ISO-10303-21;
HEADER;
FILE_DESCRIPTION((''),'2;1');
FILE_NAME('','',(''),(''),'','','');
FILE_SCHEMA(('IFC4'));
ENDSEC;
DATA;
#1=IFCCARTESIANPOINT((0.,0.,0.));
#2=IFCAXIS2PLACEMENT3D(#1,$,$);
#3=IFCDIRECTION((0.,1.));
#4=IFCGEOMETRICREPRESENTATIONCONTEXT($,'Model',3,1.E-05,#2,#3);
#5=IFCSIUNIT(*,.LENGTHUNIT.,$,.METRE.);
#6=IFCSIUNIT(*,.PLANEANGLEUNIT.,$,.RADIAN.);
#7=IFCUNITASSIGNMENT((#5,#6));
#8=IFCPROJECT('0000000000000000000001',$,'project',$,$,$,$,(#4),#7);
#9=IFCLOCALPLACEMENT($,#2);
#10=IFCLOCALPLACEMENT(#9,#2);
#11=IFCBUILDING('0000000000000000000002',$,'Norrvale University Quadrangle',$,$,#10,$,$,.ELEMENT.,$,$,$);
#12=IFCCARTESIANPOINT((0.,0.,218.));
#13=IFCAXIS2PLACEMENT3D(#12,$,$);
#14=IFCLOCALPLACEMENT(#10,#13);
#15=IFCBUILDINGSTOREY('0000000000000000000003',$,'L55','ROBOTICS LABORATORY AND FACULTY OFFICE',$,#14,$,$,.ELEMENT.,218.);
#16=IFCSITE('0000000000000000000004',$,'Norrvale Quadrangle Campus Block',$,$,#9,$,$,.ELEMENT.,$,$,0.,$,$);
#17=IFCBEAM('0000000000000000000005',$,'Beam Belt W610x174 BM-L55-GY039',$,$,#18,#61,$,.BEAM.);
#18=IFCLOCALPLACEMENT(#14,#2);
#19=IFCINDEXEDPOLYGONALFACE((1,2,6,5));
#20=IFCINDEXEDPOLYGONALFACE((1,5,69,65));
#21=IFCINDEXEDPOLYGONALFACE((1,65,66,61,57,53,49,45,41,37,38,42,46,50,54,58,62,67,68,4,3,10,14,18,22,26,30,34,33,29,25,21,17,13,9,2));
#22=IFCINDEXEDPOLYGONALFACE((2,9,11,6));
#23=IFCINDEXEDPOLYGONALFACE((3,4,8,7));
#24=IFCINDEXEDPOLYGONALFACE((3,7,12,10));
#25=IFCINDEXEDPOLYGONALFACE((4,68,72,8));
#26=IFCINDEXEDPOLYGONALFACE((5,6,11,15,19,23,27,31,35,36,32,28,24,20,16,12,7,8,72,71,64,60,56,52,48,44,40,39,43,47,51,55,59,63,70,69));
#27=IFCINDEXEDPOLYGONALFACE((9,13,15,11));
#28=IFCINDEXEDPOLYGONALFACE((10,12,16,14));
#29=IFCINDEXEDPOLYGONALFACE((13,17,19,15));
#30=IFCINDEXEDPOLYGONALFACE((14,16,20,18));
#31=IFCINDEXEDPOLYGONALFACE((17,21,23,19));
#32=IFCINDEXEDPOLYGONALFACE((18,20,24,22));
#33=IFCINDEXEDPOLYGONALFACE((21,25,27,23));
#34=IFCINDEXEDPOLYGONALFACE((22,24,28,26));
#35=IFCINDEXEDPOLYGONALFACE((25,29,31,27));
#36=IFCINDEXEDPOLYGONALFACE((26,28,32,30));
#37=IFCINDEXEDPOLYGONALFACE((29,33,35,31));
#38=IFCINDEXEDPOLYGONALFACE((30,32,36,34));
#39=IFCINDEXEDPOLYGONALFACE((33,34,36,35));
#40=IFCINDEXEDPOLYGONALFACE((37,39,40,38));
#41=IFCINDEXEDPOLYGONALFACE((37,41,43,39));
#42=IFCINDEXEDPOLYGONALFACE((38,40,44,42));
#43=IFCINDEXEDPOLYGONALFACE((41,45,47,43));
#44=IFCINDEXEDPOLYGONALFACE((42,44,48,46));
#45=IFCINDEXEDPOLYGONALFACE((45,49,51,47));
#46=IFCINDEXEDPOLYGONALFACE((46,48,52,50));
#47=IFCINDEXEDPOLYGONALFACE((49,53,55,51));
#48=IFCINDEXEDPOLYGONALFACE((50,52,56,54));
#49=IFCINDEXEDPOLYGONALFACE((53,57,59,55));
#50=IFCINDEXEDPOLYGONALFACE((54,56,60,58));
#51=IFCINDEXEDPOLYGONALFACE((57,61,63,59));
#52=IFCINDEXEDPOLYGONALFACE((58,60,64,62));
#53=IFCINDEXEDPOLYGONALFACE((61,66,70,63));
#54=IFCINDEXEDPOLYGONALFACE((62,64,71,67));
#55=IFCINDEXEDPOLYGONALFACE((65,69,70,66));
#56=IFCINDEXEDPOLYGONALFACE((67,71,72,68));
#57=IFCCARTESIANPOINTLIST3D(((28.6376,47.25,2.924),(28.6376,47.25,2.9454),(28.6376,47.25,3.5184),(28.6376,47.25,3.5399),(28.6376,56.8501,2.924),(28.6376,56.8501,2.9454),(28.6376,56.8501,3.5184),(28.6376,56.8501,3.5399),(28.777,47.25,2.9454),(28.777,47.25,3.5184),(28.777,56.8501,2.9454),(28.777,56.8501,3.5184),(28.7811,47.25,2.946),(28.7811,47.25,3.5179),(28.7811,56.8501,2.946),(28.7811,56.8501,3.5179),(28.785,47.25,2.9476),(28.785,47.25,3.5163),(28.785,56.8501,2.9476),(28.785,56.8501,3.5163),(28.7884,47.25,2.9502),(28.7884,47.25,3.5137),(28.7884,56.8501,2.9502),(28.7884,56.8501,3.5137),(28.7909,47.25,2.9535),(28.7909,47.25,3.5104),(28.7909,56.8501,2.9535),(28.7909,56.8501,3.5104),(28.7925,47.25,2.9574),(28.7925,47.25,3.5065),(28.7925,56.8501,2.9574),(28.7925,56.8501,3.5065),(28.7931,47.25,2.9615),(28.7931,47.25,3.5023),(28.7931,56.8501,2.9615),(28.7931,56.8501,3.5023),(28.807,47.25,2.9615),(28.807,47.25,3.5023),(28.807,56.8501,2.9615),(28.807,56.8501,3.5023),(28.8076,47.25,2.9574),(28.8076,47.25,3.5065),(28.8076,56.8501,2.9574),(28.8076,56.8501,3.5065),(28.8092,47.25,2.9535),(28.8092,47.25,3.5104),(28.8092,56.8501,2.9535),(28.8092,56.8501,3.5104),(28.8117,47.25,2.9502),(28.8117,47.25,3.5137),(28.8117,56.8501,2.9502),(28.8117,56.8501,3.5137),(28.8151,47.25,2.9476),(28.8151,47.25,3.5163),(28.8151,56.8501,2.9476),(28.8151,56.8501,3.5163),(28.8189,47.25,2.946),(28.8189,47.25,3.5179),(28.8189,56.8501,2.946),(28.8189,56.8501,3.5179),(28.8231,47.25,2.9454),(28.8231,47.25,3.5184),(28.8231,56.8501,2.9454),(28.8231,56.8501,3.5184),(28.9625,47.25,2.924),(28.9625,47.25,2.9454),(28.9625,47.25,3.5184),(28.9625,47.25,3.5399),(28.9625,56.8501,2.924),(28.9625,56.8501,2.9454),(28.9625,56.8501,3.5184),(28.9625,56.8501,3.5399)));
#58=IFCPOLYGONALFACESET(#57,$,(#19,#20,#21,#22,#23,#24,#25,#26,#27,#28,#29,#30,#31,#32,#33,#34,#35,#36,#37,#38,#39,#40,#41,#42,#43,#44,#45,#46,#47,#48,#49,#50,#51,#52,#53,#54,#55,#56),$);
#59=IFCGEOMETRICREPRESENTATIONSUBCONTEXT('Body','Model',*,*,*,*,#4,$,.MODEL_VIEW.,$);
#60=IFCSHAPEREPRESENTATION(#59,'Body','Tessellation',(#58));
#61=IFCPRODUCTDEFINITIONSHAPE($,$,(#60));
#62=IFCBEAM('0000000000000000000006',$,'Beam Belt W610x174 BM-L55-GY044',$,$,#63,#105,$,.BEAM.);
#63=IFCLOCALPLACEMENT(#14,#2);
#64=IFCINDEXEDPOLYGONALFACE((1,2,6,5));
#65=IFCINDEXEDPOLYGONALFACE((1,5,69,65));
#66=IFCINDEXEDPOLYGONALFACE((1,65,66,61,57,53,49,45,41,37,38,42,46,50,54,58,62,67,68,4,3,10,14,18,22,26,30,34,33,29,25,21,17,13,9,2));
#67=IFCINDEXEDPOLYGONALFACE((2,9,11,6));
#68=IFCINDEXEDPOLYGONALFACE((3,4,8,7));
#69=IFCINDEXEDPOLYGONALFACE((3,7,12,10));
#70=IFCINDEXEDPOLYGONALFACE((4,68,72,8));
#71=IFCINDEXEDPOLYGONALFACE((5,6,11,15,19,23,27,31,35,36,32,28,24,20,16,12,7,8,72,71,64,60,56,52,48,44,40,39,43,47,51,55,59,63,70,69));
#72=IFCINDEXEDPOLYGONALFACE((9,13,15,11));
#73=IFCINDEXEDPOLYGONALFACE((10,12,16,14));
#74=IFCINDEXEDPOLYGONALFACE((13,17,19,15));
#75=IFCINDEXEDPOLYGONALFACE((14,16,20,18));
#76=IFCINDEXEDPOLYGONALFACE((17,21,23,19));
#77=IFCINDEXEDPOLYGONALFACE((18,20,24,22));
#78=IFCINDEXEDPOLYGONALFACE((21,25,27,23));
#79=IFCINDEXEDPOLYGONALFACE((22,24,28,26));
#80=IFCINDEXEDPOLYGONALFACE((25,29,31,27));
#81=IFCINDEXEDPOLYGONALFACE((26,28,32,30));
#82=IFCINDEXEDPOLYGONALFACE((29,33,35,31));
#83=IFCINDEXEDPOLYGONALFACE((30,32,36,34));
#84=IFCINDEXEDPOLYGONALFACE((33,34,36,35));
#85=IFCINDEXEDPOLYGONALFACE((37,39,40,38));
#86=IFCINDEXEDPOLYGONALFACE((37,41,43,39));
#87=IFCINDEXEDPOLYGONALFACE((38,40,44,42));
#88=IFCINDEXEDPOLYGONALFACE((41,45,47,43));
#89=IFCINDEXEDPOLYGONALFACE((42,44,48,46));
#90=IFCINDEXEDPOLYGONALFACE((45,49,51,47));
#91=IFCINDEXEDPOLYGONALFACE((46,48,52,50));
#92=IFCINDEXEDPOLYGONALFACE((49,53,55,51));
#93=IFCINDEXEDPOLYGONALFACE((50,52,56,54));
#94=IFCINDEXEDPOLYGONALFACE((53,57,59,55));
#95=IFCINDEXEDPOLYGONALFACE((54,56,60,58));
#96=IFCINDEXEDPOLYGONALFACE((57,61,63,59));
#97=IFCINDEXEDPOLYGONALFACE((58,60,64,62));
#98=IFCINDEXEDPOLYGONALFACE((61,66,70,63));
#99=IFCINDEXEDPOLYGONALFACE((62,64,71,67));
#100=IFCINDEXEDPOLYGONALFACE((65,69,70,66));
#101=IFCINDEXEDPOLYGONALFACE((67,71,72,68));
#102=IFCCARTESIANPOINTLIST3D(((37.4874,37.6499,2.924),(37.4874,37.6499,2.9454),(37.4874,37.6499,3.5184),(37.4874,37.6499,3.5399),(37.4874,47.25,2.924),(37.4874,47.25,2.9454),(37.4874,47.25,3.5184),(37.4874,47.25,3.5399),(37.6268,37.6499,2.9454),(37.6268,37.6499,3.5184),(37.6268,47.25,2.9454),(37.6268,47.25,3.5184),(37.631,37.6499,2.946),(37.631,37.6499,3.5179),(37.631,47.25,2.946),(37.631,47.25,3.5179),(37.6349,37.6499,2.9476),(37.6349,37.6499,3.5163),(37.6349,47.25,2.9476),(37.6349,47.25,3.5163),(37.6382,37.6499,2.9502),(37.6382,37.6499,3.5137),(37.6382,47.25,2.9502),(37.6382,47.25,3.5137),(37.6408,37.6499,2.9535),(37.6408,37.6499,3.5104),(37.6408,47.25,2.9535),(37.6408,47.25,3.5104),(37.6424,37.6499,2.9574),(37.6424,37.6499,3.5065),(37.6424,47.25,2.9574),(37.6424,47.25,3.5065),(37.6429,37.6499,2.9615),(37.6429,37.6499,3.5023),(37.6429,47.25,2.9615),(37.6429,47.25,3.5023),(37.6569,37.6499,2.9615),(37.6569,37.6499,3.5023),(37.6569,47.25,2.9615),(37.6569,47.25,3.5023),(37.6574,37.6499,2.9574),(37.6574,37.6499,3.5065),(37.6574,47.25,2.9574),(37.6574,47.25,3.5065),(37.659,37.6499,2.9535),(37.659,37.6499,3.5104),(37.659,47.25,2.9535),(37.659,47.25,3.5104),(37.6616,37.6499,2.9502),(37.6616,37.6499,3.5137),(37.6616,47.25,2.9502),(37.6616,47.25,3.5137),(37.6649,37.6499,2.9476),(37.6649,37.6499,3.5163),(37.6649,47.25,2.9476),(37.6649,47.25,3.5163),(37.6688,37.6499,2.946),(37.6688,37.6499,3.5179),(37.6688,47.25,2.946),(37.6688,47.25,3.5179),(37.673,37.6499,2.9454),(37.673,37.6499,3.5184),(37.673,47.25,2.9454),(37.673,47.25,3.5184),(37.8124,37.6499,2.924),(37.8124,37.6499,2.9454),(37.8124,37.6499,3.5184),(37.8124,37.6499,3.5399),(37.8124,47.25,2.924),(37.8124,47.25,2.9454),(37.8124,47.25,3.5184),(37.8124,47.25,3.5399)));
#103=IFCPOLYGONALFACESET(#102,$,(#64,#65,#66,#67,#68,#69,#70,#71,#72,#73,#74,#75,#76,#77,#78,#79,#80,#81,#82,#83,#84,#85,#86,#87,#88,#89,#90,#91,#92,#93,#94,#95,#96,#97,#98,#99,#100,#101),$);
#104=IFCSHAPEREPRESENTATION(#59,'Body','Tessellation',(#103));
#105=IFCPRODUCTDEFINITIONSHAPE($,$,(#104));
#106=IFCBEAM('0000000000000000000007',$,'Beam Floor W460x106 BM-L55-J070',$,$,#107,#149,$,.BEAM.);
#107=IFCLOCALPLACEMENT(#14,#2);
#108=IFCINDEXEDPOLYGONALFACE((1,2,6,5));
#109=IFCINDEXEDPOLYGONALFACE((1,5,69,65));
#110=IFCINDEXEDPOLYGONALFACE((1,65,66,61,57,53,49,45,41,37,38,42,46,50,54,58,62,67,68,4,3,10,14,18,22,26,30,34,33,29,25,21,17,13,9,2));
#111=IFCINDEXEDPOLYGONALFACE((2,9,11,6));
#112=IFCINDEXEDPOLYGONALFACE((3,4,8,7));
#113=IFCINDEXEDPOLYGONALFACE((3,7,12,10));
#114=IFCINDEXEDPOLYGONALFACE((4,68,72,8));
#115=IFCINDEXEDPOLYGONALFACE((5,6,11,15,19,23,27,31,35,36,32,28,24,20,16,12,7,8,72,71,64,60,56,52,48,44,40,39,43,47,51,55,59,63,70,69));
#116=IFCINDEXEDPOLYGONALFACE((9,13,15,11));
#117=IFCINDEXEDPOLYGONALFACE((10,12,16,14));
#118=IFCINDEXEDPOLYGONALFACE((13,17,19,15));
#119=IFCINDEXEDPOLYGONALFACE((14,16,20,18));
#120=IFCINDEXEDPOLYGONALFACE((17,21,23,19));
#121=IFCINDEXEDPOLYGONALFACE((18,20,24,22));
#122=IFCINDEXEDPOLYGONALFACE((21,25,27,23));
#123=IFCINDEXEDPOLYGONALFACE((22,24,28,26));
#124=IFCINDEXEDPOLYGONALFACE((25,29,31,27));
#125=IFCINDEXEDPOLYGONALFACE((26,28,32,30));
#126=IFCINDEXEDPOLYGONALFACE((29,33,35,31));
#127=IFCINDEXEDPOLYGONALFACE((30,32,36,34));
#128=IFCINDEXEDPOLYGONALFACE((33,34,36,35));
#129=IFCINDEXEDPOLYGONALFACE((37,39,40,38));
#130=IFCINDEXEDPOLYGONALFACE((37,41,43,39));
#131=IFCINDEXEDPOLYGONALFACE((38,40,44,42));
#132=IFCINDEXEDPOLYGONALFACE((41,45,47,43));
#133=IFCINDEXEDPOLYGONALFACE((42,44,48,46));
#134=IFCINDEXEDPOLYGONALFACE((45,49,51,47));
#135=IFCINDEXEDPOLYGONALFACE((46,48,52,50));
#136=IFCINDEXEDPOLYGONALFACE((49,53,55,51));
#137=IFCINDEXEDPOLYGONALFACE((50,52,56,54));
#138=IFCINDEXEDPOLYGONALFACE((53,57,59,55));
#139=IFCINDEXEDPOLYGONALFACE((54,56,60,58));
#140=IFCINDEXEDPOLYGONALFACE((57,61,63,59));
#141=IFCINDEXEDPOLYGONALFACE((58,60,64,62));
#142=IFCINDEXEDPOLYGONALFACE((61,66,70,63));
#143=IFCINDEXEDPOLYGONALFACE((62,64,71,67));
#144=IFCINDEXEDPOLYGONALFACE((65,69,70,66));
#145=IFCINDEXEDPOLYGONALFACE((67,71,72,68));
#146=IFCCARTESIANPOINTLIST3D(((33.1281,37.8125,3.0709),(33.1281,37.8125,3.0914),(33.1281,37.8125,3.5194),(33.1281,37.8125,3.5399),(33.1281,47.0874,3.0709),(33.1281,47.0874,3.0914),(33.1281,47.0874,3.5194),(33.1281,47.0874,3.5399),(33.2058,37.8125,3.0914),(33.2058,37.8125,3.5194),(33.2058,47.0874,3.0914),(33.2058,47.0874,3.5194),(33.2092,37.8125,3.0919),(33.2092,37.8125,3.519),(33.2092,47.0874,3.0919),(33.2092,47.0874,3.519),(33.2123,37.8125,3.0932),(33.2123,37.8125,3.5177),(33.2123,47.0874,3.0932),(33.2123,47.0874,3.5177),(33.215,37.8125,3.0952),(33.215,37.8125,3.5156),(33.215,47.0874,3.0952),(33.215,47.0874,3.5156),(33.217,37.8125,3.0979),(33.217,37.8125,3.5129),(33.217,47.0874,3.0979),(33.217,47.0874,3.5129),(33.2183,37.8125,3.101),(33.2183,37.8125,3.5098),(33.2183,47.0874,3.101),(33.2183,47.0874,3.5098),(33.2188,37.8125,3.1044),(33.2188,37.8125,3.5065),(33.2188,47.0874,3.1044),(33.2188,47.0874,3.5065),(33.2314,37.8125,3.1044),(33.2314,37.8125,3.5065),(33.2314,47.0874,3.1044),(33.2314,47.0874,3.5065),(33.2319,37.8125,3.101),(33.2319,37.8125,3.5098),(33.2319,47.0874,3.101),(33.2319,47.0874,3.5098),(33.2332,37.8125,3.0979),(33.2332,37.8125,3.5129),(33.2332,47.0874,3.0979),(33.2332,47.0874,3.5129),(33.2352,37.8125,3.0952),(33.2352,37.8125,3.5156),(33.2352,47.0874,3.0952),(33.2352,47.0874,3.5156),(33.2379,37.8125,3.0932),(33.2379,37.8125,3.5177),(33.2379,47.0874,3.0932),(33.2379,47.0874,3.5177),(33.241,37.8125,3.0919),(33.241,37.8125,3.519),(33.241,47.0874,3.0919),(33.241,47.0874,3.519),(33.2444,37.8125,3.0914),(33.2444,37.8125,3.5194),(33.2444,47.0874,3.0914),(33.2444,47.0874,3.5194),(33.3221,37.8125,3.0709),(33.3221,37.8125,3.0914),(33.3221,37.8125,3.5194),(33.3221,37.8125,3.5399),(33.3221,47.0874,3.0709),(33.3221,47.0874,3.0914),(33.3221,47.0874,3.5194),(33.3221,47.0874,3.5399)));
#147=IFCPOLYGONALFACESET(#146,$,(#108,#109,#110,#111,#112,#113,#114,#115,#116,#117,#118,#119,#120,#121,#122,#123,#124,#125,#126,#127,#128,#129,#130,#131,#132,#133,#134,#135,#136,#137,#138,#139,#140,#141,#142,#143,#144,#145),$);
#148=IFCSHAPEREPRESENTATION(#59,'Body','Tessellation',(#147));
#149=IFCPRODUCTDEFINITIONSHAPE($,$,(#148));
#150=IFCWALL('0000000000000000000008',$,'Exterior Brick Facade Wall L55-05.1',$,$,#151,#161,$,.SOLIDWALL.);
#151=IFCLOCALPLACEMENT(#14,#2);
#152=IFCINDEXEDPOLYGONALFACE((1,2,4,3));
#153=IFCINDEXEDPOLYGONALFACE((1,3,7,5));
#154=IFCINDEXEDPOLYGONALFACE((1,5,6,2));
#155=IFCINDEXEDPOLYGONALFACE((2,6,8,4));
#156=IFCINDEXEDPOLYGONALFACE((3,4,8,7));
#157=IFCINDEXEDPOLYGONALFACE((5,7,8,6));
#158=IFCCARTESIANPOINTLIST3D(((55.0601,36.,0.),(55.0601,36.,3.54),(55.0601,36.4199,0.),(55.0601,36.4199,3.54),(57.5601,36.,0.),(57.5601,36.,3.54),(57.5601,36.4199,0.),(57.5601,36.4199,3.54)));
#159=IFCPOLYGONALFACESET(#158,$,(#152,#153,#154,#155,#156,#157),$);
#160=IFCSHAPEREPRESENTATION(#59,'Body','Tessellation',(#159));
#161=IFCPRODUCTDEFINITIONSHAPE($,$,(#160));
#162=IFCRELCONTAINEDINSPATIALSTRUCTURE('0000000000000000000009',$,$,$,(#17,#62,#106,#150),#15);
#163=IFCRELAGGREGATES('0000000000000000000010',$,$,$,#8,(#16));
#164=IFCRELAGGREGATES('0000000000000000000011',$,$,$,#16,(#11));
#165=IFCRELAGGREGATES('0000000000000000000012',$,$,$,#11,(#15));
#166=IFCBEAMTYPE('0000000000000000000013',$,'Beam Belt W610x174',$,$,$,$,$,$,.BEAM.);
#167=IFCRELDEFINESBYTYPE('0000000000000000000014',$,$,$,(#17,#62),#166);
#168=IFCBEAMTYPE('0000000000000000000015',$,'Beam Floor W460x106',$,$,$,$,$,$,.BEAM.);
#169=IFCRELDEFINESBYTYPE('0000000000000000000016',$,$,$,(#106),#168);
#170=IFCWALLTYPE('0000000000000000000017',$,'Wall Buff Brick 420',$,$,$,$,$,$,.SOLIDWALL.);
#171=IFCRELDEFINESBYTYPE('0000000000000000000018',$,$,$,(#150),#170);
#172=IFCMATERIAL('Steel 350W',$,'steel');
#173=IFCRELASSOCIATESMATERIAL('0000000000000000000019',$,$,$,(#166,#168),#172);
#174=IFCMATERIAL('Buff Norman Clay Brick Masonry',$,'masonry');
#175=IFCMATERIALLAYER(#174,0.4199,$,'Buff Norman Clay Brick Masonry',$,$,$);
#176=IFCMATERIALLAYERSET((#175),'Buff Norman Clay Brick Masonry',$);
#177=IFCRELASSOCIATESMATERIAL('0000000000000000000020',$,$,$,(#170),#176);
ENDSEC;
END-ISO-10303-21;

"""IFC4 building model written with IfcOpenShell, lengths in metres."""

from ifc_helpers import new_model, si_unit, direction, frame, frame_2d, origin, origin_2d, place, context, subcontext, project, spatial, rectangle, i_section, extrude, material, layer, layer_set, material_profile, profile_set, type_object, element, save


model = new_model("IFC4")

# Units and contexts
model_context = context("Model", 3, precision=1e-05, world=origin(), true_north=direction((0.0, 1.0)))
body_context = subcontext(model_context, "Body", "Model", "MODEL_VIEW")
ifc_project = project(units=[si_unit("LENGTHUNIT", "METRE"), si_unit("PLANEANGLEUNIT", "RADIAN")], contexts=[model_context])

# Site, building, storey
site_placement = place(None, origin())
site = spatial("IfcSite", under=ifc_project, at=site_placement, Name="Norrvale Quadrangle Campus Block", CompositionType="ELEMENT", RefElevation=0.0)
building_placement = place(site_placement, origin())
building = spatial("IfcBuilding", under=site, at=building_placement, Name="Norrvale University Quadrangle", CompositionType="ELEMENT")
storey_placement = place(building_placement, frame((0.0, 0.0, 218.0)))
storey = spatial("IfcBuildingStorey", under=building, at=storey_placement, Name="L55", Description="ROBOTICS LABORATORY AND FACULTY OFFICE", CompositionType="ELEMENT", Elevation=218.0)

# Beams
ifc_material_1 = material(Name="Steel 350W", Category="steel")
ifc_material_profile_1 = material_profile(ifc_material_1, i_section(OverallWidth=0.325, OverallDepth=0.616, WebThickness=0.0139, FlangeThickness=0.0215, FilletRadius=0.0161, at=origin_2d()), Name="Steel 350W")
ifc_profile_set_1 = profile_set([ifc_material_profile_1], Name="Steel 350W")
beam_type_1 = type_object("IfcBeamType", Name="Beam Belt W610x174", PredefinedType="BEAM", material=ifc_profile_set_1)
for number, where, z_axis, x_axis, name in (
    (1, (28.8, 47.25, 3.2319), (0.0, 1.0, 0.0), (-1.0, 0.0, 0.0), "Beam Belt W610x174 BM-L55-GY039"),
    (2, (37.6499, 37.6499, 3.2319), (0.0, 1.0, 0.0), (-1.0, 0.0, 0.0), "Beam Belt W610x174 BM-L55-GY044"),
):
    element("IfcBeam", number, at=place(storey_placement, frame(where, z_axis=z_axis, x_axis=x_axis)), inside=storey, type_object=beam_type_1, Name=name, PredefinedType="BEAM", context=body_context, shape_type="SweptSolid", body=[
        extrude(i_section(OverallWidth=0.325, OverallDepth=0.616, WebThickness=0.0139, FlangeThickness=0.0215, FilletRadius=0.0161, at=origin_2d()), origin(), (0.0, 0.0, 1.0), 9.6001),
    ])
ifc_material_profile_2 = material_profile(ifc_material_1, i_section(OverallWidth=0.1941, OverallDepth=0.469, WebThickness=0.0127, FlangeThickness=0.0205, FilletRadius=0.0129, at=origin_2d()), Name="Steel 350W")
ifc_profile_set_2 = profile_set([ifc_material_profile_2], Name="Steel 350W")
beam_type_2 = type_object("IfcBeamType", Name="Beam Floor W460x106", PredefinedType="BEAM", material=ifc_profile_set_2)
beam_1_placement = place(storey_placement, frame((33.2251, 37.8125, 3.3054), z_axis=(0.0, 1.0, 0.0), x_axis=(-1.0, 0.0, 0.0)))
element("IfcBeam", 3, at=beam_1_placement, inside=storey, type_object=beam_type_2, Name="Beam Floor W460x106 BM-L55-J070", PredefinedType="BEAM", context=body_context, shape_type="SweptSolid", body=[
    extrude(i_section(OverallWidth=0.1941, OverallDepth=0.469, WebThickness=0.0127, FlangeThickness=0.0205, FilletRadius=0.0129, at=origin_2d()), origin(), (0.0, 0.0, 1.0), 9.2749),
])

# Wall
ifc_material_2 = material(Name="Buff Norman Clay Brick Masonry", Category="masonry")
ifc_layer_1 = layer(ifc_material_2, 0.4199, Name="Buff Norman Clay Brick Masonry")
ifc_layer_set_1 = layer_set([ifc_layer_1], Name="Buff Norman Clay Brick Masonry")
wall_type_1 = type_object("IfcWallType", Name="Wall Buff Brick 420", PredefinedType="SOLIDWALL", material=ifc_layer_set_1)
wall_1_placement = place(storey_placement, frame((57.5601, 36.21, 0.0), z_axis=(0.0, 0.0, 1.0), x_axis=(-1.0, 0.0, 0.0)))
element("IfcWall", 4, at=wall_1_placement, inside=storey, type_object=wall_type_1, Name="Exterior Brick Facade Wall L55-05.1", PredefinedType="SOLIDWALL", context=body_context, shape_type="SweptSolid", body=[
    extrude(rectangle(XDim=2.5, YDim=0.4199, at=frame_2d((1.25, 0.0))), origin(), (0.0, 0.0, 1.0), 3.54),
])

save(model, "model.ifc")
